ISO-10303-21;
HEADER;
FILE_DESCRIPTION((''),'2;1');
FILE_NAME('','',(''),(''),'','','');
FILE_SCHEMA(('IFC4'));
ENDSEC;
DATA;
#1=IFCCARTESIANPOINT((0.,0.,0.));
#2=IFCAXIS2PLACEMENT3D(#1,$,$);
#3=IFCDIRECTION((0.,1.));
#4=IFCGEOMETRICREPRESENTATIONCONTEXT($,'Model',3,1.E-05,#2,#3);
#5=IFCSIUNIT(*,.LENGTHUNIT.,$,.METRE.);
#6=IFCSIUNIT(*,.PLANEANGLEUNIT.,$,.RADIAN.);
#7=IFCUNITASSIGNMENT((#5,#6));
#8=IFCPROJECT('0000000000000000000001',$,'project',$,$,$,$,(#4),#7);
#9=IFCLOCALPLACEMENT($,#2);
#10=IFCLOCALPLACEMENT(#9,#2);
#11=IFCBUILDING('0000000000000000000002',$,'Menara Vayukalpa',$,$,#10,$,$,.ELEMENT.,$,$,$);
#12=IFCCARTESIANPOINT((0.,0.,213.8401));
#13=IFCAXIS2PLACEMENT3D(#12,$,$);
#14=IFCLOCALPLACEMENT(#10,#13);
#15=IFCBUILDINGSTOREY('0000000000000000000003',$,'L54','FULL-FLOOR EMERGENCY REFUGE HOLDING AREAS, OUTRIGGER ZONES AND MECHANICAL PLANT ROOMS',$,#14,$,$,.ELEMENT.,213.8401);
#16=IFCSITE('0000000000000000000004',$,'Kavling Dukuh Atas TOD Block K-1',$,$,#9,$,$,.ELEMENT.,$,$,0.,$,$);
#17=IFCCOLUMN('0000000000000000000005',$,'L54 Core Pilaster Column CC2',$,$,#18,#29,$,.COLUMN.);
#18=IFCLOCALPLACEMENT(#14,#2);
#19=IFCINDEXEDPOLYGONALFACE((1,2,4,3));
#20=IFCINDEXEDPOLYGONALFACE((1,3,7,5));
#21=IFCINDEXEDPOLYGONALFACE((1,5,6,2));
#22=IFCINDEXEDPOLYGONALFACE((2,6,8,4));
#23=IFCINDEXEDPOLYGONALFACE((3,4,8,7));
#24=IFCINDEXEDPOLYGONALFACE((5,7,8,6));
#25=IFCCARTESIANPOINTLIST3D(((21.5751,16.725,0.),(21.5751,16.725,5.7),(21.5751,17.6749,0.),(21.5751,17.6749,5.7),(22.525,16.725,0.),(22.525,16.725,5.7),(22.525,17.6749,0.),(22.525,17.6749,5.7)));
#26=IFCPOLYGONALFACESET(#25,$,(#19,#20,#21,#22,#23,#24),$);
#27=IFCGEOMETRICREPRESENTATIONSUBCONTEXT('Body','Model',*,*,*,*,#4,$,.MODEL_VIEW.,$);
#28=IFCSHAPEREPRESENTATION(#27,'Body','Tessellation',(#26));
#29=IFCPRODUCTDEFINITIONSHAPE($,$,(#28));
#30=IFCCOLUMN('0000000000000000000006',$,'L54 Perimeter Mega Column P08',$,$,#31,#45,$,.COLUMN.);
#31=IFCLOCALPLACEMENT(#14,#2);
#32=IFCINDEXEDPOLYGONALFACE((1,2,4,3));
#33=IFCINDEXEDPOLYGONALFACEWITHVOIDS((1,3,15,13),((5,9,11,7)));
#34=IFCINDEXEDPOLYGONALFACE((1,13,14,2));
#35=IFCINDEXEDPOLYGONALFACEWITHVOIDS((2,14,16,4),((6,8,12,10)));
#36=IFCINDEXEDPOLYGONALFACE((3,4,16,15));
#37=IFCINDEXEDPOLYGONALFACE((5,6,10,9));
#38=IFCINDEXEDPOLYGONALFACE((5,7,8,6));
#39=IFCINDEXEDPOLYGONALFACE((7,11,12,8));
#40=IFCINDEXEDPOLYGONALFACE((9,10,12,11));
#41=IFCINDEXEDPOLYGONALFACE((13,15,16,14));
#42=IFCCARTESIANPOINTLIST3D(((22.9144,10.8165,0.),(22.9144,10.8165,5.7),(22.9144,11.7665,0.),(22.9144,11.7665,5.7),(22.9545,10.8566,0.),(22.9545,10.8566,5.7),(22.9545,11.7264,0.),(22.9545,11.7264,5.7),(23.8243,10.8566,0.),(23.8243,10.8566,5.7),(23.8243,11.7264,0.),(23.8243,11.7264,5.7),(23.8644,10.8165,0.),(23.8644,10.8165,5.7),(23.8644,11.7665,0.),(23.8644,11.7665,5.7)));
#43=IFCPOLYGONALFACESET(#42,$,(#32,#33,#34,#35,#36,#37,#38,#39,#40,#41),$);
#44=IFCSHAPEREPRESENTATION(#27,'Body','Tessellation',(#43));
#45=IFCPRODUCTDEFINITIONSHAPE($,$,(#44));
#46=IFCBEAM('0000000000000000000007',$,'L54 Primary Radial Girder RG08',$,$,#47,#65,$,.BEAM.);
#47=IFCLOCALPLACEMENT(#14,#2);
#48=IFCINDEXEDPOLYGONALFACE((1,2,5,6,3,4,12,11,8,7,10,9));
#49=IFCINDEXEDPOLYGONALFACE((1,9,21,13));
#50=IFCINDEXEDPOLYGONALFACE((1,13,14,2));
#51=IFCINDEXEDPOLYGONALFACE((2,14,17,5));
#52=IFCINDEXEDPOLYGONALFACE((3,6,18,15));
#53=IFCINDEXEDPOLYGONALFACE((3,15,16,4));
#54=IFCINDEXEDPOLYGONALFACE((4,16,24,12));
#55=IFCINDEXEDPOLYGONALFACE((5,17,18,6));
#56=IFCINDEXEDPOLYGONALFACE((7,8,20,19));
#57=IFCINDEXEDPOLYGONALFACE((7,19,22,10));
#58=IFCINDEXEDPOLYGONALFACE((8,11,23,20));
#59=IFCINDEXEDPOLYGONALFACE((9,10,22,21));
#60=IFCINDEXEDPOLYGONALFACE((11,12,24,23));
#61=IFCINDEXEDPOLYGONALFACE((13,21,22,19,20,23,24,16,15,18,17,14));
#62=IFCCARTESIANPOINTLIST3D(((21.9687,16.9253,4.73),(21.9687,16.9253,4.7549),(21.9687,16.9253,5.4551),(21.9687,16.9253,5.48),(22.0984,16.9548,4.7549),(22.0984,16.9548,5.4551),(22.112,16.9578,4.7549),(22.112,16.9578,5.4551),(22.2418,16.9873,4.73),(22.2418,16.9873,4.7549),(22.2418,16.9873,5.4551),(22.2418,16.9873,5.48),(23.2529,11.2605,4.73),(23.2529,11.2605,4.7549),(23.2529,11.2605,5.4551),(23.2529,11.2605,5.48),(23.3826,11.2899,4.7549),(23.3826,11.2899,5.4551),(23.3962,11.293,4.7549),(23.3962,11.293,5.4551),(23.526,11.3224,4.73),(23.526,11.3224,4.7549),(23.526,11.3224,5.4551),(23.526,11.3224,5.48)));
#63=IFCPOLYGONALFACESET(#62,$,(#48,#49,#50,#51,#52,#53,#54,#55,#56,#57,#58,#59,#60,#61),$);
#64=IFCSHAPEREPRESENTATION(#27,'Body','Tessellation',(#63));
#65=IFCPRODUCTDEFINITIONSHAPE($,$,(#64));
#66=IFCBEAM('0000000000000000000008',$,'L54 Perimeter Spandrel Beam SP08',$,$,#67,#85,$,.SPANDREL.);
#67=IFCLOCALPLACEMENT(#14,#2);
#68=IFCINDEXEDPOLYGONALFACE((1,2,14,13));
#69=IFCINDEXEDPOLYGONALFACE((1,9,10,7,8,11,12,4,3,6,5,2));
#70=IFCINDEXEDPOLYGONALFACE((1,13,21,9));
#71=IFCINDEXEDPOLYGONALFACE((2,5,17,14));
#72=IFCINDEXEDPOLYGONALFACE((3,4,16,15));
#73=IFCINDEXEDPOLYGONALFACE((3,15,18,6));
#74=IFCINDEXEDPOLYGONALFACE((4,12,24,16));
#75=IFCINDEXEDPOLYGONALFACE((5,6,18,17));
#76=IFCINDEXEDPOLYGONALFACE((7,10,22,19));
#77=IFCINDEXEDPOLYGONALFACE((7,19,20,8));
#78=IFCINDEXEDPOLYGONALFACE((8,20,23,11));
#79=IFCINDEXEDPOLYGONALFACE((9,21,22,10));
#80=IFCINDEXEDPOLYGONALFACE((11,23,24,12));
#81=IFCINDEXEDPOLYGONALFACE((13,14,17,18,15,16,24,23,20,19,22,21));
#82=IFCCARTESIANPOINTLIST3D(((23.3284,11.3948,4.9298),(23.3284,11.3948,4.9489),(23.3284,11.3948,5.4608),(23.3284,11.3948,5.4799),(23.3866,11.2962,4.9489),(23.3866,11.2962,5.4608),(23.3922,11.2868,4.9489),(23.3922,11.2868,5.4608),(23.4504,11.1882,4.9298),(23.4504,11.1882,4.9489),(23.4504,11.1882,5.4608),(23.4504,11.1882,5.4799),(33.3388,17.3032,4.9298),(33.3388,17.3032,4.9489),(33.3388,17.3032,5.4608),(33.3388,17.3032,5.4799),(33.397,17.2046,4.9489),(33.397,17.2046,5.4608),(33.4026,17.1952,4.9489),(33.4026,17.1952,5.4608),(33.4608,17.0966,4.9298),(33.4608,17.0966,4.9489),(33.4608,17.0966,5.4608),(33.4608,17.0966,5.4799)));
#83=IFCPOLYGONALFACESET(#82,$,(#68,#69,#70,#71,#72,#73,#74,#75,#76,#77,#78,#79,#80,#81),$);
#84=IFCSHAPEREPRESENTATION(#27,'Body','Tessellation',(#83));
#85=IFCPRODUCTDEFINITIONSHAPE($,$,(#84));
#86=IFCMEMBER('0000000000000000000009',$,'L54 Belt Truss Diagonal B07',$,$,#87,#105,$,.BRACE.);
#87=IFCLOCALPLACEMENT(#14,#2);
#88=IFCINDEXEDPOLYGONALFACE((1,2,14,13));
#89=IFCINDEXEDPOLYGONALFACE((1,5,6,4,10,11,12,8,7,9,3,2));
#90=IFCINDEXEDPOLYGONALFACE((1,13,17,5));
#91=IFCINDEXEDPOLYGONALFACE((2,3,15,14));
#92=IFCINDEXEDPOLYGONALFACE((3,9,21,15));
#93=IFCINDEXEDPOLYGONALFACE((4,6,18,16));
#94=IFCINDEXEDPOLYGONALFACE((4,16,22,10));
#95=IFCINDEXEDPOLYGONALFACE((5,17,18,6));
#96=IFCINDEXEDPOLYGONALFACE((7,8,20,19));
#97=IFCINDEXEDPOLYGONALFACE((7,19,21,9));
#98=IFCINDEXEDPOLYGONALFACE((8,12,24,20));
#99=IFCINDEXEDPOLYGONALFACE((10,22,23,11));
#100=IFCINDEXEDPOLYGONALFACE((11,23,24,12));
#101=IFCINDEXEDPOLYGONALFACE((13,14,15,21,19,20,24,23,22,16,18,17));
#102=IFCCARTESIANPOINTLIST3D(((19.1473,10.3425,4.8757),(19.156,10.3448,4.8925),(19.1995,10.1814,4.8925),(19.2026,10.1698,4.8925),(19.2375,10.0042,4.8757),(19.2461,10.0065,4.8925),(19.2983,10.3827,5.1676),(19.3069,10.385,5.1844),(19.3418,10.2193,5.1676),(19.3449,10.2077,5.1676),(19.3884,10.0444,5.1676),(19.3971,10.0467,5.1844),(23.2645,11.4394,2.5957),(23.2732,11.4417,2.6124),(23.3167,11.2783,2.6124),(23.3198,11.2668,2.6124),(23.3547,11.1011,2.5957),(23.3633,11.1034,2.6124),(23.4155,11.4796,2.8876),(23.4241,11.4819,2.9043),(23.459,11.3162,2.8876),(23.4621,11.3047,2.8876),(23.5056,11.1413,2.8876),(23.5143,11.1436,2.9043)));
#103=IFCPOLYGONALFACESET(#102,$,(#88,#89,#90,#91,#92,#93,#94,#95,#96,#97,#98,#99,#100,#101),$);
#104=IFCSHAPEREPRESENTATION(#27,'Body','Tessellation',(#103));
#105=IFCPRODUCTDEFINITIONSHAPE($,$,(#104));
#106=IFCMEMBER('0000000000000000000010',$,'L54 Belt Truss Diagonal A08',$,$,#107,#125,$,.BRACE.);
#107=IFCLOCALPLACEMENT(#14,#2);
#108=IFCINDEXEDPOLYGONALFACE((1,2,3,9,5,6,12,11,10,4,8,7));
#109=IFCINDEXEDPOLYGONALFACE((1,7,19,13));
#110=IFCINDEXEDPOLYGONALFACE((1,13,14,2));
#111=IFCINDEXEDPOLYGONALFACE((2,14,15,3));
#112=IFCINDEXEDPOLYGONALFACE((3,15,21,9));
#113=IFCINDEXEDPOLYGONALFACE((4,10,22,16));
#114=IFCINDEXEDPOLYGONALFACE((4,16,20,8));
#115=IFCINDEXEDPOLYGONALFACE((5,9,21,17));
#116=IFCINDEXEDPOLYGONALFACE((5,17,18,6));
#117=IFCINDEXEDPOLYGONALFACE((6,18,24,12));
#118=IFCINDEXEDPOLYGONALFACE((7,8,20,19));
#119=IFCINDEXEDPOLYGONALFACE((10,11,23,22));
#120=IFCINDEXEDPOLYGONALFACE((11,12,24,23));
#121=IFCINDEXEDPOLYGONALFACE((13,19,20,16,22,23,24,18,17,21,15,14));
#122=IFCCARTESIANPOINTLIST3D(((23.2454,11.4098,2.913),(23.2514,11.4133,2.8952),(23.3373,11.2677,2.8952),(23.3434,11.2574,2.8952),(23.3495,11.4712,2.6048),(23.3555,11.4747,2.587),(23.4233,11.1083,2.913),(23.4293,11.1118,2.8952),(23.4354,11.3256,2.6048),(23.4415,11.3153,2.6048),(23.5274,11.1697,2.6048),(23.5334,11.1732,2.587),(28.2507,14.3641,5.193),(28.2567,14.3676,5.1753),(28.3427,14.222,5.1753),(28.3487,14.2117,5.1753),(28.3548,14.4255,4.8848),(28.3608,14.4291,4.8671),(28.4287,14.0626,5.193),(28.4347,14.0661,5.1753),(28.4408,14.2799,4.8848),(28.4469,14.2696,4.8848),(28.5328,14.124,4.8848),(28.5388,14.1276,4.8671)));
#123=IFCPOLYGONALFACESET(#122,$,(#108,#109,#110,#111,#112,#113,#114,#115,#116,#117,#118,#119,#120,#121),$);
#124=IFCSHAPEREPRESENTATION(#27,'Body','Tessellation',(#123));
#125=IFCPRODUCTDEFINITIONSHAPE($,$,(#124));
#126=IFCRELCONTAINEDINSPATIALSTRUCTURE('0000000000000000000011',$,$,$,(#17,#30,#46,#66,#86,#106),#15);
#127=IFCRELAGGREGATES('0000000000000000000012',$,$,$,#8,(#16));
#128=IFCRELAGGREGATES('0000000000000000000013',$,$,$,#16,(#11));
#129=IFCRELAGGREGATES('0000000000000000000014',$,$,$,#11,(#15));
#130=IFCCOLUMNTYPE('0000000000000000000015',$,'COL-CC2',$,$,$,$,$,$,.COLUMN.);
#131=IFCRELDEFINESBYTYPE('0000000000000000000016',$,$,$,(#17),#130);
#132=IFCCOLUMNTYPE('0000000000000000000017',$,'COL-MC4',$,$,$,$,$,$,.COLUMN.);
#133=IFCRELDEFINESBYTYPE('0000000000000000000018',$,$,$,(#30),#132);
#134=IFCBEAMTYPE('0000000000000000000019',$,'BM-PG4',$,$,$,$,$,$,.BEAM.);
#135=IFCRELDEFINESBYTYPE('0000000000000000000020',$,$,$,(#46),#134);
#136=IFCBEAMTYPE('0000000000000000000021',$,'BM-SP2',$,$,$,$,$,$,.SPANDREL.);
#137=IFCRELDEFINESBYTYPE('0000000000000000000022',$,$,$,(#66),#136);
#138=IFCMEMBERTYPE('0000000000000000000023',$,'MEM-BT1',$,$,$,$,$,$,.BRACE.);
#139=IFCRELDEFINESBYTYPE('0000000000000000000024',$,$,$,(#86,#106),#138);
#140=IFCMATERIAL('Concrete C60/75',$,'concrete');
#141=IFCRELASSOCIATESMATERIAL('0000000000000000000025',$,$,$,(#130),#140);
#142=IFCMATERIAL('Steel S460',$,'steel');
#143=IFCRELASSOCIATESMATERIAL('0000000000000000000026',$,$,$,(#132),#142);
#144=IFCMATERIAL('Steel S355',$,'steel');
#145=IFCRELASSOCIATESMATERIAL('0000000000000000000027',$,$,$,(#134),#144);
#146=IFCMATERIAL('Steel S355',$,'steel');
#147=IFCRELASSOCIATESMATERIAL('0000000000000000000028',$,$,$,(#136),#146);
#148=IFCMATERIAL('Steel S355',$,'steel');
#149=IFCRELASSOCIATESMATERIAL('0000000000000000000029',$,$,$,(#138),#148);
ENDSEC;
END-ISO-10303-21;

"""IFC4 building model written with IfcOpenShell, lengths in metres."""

from ifc_helpers import new_model, si_unit, direction, frame, origin, origin_2d, place, context, subcontext, project, spatial, rectangle, hollow_rectangle, i_section, extrude, material, material_profile, profile_set, type_object, element, save


model = new_model("IFC4")

# Units and contexts
model_context = context("Model", 3, precision=1e-05, world=origin(), true_north=direction((0.0, 1.0)))
body_context = subcontext(model_context, "Body", "Model", "MODEL_VIEW")
ifc_project = project(units=[si_unit("LENGTHUNIT", "METRE"), si_unit("PLANEANGLEUNIT", "RADIAN")], contexts=[model_context])

# Site, building, storey
site_placement = place(None, origin())
site = spatial("IfcSite", under=ifc_project, at=site_placement, Name="Kavling Dukuh Atas TOD Block K-1", CompositionType="ELEMENT", RefElevation=0.0)
building_placement = place(site_placement, origin())
building = spatial("IfcBuilding", under=site, at=building_placement, Name="Menara Vayukalpa", CompositionType="ELEMENT")
storey_placement = place(building_placement, frame((0.0, 0.0, 213.8401)))
storey = spatial("IfcBuildingStorey", under=building, at=storey_placement, Name="L54", Description="FULL-FLOOR EMERGENCY REFUGE HOLDING AREAS, OUTRIGGER ZONES AND MECHANICAL PLANT ROOMS", CompositionType="ELEMENT", Elevation=213.8401)

# Columns
ifc_material_1 = material(Name="Concrete C60/75", Category="concrete")
ifc_material_profile_1 = material_profile(ifc_material_1, rectangle(XDim=0.95, YDim=0.95, at=origin_2d()), Name="RC 950x950")
ifc_profile_set_1 = profile_set([ifc_material_profile_1], Name="Concrete C60/75")
column_type_1 = type_object("IfcColumnType", Name="COL-CC2", PredefinedType="COLUMN", material=ifc_profile_set_1)
column_1_placement = place(storey_placement, frame((22.05, 17.2, 0.0), z_axis=(0.0, 0.0, 1.0), x_axis=(1.0, 0.0, 0.0)))
element("IfcColumn", 1, at=column_1_placement, inside=storey, type_object=column_type_1, Name="L54 Core Pilaster Column CC2", PredefinedType="COLUMN", context=body_context, shape_type="SweptSolid", body=[
    extrude(rectangle(XDim=0.95, YDim=0.95, at=origin_2d()), origin(), (0.0, 0.0, 1.0), 5.7),
])
ifc_material_2 = material(Name="Steel S460", Category="steel")
ifc_material_profile_2 = material_profile(ifc_material_2, hollow_rectangle(XDim=0.95, YDim=0.95, WallThickness=0.04, at=origin_2d()), Name="BOX 950x950x40")
ifc_profile_set_2 = profile_set([ifc_material_profile_2], Name="Steel S460")
column_type_2 = type_object("IfcColumnType", Name="COL-MC4", PredefinedType="COLUMN", material=ifc_profile_set_2)
column_2_placement = place(storey_placement, frame((23.3894, 11.2915, 0.0), z_axis=(0.0, 0.0, 1.0), x_axis=(1.0, 0.0, 0.0)))
element("IfcColumn", 2, at=column_2_placement, inside=storey, type_object=column_type_2, Name="L54 Perimeter Mega Column P08", PredefinedType="COLUMN", context=body_context, shape_type="SweptSolid", body=[
    extrude(hollow_rectangle(XDim=0.95, YDim=0.95, WallThickness=0.04, at=origin_2d()), origin(), (0.0, 0.0, 1.0), 5.7),
])

# Beams
ifc_material_3 = material(Name="Steel S355", Category="steel")
ifc_material_profile_3 = material_profile(ifc_material_3, i_section(OverallWidth=0.28, OverallDepth=0.75, WebThickness=0.0139, FlangeThickness=0.0249, at=origin_2d()), Name="WF 750x280x14x25")
ifc_profile_set_3 = profile_set([ifc_material_profile_3], Name="Steel S355")
beam_type_1 = type_object("IfcBeamType", Name="BM-PG4", PredefinedType="BEAM", material=ifc_profile_set_3)
beam_1_placement = place(storey_placement, frame((22.1052, 16.9563, 5.105), z_axis=(0.221085, -0.975255, 0.0), x_axis=(0.975255, 0.221085, 0.0)))
element("IfcBeam", 3, at=beam_1_placement, inside=storey, type_object=beam_type_1, Name="L54 Primary Radial Girder RG08", PredefinedType="BEAM", context=body_context, shape_type="SweptSolid", body=[
    extrude(i_section(OverallWidth=0.28, OverallDepth=0.75, WebThickness=0.0139, FlangeThickness=0.0249, at=origin_2d()), origin(), (0.0, 0.0, 1.0), 5.8086),
])
ifc_material_4 = material(Name="Steel S355", Category="steel")
ifc_material_profile_4 = material_profile(ifc_material_4, i_section(OverallWidth=0.24, OverallDepth=0.55, WebThickness=0.011, FlangeThickness=0.019, at=origin_2d()), Name="WF 550x240x11x19")
ifc_profile_set_4 = profile_set([ifc_material_profile_4], Name="Steel S355")
beam_type_2 = type_object("IfcBeamType", Name="BM-SP2", PredefinedType="SPANDREL", material=ifc_profile_set_4)
beam_2_placement = place(storey_placement, frame((23.3894, 11.2915, 5.2048), z_axis=(0.861184, 0.508293, 0.0), x_axis=(-0.508293, 0.861184, 0.0)))
element("IfcBeam", 4, at=beam_2_placement, inside=storey, type_object=beam_type_2, Name="L54 Perimeter Spandrel Beam SP08", PredefinedType="SPANDREL", context=body_context, shape_type="SweptSolid", body=[
    extrude(i_section(OverallWidth=0.24, OverallDepth=0.55, WebThickness=0.011, FlangeThickness=0.019, at=origin_2d()), origin(), (0.0, 0.0, 1.0), 11.624),
])

# Members
ifc_material_5 = material(Name="Steel S355", Category="steel")
ifc_material_profile_5 = material_profile(ifc_material_5, i_section(OverallWidth=0.3501, OverallDepth=0.3501, WebThickness=0.012, FlangeThickness=0.019, at=origin_2d()), Name="H 350x350x12x19")
ifc_profile_set_5 = profile_set([ifc_material_profile_5], Name="Steel S355")
member_type_1 = type_object("IfcMemberType", Name="MEM-BT1", PredefinedType="BRACE", material=ifc_profile_set_5)
member_1_placement = place(storey_placement, frame((23.3894, 11.2915, 2.75), z_axis=(-0.85198, -0.226989, 0.471812), x_axis=(0.257445, -0.966293, 0.0)))
element("IfcMember", 5, at=member_1_placement, inside=storey, type_object=member_type_1, Name="L54 Belt Truss Diagonal B07", PredefinedType="BRACE", context=body_context, shape_type="SweptSolid", body=[
    extrude(i_section(OverallWidth=0.3501, OverallDepth=0.3501, WebThickness=0.012, FlangeThickness=0.019, at=origin_2d()), origin(), (0.0, 0.0, 1.0), 4.8325),
])
member_2_placement = place(storey_placement, frame((23.3894, 11.2915, 2.75), z_axis=(0.801702, 0.473193, 0.365189), x_axis=(-0.508299, 0.861181, 0.0)))
element("IfcMember", 6, at=member_2_placement, inside=storey, type_object=member_type_1, Name="L54 Belt Truss Diagonal A08", PredefinedType="BRACE", context=body_context, shape_type="SweptSolid", body=[
    extrude(i_section(OverallWidth=0.3501, OverallDepth=0.3501, WebThickness=0.012, FlangeThickness=0.019, at=origin_2d()), origin(), (0.0, 0.0, 1.0), 6.2434),
])

save(model, "model.ifc")
